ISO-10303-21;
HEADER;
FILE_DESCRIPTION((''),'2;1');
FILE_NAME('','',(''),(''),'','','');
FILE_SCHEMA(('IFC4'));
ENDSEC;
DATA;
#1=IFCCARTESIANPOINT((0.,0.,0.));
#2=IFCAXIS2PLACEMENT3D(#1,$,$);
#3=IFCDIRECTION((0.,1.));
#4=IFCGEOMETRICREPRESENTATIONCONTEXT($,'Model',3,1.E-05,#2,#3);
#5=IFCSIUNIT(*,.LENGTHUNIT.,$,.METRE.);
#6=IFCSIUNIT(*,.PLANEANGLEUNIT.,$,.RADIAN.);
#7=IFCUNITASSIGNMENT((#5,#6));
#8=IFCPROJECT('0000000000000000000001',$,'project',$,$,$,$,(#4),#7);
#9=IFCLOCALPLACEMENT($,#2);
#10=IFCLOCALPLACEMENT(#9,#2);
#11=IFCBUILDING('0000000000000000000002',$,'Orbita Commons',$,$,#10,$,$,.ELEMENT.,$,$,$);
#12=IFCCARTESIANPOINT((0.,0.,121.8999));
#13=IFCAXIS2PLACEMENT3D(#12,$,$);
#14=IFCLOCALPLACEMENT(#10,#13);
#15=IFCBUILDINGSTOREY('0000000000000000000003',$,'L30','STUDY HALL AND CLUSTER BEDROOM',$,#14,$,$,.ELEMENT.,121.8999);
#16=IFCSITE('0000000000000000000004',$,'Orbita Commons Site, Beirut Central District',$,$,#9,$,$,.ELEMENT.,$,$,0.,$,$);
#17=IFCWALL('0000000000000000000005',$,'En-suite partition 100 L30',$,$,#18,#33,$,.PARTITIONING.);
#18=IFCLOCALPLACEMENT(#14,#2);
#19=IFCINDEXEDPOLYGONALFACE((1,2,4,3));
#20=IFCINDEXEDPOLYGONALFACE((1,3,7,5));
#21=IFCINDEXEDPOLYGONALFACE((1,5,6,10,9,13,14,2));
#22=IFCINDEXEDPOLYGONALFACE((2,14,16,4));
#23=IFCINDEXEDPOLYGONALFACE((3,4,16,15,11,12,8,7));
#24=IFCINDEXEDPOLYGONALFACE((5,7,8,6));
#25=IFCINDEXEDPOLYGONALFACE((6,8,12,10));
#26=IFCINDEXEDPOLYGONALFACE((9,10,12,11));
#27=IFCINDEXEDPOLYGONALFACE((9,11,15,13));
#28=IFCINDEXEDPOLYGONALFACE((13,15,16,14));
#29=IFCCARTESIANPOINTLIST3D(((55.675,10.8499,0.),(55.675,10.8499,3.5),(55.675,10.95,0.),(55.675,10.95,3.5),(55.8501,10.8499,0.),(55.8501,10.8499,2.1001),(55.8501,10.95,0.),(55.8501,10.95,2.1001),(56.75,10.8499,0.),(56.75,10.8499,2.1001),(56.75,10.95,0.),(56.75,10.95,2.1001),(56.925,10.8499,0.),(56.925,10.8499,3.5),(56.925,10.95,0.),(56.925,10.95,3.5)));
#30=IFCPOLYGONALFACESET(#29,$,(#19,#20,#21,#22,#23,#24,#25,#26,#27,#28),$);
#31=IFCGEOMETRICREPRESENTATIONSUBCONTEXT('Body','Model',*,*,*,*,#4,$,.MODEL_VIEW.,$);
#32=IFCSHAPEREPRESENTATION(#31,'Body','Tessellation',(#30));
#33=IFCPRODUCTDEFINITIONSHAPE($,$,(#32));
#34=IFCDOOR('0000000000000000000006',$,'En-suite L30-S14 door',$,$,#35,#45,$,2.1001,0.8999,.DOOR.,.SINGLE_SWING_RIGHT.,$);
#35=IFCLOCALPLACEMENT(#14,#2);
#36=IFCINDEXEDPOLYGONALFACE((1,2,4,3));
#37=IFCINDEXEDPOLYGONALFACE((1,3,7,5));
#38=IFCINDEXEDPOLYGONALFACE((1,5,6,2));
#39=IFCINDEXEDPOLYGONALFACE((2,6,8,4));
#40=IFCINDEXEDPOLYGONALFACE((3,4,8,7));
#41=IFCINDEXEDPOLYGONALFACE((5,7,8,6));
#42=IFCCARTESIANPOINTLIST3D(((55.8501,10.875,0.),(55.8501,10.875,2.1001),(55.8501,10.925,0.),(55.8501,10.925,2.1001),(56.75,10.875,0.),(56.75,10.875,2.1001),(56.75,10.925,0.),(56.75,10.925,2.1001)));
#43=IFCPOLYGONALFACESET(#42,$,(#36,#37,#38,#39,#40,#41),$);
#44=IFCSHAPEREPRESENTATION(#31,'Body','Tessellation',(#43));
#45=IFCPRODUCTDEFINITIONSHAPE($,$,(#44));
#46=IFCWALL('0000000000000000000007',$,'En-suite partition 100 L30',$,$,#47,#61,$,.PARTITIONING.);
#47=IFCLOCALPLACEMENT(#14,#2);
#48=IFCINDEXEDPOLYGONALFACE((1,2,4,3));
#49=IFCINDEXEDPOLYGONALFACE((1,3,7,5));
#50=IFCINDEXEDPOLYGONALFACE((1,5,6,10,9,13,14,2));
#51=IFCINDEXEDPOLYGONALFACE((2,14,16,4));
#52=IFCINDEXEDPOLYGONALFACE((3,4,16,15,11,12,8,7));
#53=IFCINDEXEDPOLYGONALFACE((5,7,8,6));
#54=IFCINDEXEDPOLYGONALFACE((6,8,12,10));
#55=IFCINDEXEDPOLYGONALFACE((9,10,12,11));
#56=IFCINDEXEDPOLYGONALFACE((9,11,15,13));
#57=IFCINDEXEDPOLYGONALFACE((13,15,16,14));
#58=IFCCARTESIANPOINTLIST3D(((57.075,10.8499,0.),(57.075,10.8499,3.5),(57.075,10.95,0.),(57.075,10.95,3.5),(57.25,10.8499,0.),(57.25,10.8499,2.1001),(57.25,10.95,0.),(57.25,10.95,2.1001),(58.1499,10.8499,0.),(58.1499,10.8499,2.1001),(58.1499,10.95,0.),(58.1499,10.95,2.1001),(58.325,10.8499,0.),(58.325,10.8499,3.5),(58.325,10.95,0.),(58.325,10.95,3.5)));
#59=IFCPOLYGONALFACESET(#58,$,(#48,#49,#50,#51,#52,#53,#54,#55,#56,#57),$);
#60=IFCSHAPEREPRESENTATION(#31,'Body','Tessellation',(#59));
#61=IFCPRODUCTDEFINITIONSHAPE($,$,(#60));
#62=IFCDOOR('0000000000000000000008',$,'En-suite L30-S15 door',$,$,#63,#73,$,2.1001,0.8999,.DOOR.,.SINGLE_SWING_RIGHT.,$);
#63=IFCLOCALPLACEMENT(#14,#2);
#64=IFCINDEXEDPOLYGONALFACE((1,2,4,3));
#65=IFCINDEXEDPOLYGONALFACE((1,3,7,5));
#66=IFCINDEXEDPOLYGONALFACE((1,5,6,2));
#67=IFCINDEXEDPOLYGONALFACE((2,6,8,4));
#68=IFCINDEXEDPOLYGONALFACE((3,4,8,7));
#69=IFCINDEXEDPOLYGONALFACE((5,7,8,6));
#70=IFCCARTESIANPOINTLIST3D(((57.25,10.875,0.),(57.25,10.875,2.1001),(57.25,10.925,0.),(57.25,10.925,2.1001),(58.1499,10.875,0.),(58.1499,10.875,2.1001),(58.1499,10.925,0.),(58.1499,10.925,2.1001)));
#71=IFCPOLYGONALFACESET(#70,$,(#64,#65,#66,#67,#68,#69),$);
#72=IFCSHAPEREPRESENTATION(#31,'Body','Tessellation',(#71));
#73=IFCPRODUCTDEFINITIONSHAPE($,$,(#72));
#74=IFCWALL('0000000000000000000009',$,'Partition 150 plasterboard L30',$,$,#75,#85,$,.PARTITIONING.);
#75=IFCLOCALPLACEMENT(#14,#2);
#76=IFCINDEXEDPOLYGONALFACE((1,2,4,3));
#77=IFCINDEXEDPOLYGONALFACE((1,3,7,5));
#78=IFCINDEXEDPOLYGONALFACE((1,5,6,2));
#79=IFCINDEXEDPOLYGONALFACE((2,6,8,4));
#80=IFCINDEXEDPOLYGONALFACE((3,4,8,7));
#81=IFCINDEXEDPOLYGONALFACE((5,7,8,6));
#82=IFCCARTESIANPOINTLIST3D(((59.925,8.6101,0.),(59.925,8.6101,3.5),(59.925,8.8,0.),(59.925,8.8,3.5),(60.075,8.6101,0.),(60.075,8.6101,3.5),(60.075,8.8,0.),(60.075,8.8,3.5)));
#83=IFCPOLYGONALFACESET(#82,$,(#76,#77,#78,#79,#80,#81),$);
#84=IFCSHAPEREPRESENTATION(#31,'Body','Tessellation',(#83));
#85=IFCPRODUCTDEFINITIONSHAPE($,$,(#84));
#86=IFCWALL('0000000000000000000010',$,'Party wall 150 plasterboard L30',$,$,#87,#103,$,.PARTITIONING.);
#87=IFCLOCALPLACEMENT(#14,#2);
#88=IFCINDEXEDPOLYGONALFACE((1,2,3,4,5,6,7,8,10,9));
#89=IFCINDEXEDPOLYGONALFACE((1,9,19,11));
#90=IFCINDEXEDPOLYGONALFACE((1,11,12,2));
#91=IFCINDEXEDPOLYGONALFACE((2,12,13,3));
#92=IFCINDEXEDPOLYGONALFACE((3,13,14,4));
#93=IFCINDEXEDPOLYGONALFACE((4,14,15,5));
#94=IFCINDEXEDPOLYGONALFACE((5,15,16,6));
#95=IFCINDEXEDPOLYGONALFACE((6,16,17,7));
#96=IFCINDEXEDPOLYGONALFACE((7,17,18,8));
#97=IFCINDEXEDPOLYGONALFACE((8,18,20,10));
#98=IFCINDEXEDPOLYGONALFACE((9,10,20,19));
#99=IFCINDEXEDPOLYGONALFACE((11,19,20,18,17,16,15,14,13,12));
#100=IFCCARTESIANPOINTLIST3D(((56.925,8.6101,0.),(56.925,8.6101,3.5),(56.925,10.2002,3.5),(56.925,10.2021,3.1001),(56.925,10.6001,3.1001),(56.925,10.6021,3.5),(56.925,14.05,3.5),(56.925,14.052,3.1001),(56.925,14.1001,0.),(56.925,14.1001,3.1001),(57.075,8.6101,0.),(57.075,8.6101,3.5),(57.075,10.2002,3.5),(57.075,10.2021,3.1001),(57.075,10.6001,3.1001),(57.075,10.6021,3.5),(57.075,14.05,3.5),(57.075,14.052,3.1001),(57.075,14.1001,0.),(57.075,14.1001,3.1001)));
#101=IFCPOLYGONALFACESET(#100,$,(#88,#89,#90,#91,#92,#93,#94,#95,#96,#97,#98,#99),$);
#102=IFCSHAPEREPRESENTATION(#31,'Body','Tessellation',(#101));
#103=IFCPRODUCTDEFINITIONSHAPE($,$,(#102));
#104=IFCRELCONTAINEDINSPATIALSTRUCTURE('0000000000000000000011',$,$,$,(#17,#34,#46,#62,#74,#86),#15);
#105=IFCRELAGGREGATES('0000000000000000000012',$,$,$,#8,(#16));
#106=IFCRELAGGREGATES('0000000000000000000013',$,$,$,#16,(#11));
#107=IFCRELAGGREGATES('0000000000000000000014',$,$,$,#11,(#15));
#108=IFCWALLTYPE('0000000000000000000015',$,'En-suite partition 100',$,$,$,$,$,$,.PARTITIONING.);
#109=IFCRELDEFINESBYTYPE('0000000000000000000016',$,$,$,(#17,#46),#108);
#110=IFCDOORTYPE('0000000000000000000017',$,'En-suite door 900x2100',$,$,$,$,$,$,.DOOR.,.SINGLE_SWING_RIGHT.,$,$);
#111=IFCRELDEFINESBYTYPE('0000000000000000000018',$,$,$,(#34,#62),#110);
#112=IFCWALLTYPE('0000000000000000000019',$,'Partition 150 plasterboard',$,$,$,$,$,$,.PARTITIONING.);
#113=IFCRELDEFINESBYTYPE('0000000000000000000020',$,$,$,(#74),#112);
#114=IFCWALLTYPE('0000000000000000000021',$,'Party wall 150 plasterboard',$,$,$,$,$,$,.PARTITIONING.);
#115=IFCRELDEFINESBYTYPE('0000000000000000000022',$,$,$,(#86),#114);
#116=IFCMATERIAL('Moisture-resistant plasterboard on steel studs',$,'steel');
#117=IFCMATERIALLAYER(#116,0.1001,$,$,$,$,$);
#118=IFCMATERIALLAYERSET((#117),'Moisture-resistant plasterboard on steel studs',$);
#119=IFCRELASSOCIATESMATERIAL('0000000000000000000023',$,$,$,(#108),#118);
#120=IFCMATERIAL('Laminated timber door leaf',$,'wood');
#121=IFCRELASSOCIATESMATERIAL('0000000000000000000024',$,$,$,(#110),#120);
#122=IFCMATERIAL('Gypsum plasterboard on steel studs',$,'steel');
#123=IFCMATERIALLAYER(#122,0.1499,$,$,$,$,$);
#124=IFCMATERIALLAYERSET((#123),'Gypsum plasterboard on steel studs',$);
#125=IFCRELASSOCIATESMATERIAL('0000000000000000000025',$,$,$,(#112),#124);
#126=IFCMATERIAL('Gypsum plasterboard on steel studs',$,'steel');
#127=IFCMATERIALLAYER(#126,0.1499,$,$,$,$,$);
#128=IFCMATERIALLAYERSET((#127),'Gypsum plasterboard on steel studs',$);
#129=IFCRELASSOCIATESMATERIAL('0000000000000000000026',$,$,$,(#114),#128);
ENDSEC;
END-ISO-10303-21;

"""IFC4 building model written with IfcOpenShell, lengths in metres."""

from ifc_helpers import new_model, si_unit, direction, frame, frame_2d, origin, place, context, subcontext, project, spatial, polyline, rectangle, outline, extrude, material, layer, layer_set, type_object, element, fill, save


model = new_model("IFC4")

# Units and contexts
model_context = context("Model", 3, precision=1e-05, world=origin(), true_north=direction((0.0, 1.0)))
body_context = subcontext(model_context, "Body", "Model", "MODEL_VIEW")
ifc_project = project(units=[si_unit("LENGTHUNIT", "METRE"), si_unit("PLANEANGLEUNIT", "RADIAN")], contexts=[model_context])

# Site, building, storey
site_placement = place(None, origin())
site = spatial("IfcSite", under=ifc_project, at=site_placement, Name="Orbita Commons Site, Beirut Central District", CompositionType="ELEMENT", RefElevation=0.0)
building_placement = place(site_placement, origin())
building = spatial("IfcBuilding", under=site, at=building_placement, Name="Orbita Commons", CompositionType="ELEMENT")
storey_placement = place(building_placement, frame((0.0, 0.0, 121.8999)))
storey = spatial("IfcBuildingStorey", under=building, at=storey_placement, Name="L30", Description="STUDY HALL AND CLUSTER BEDROOM", CompositionType="ELEMENT", Elevation=121.8999)

# Walls, openings, doors
ifc_material_1 = material(Name="Moisture-resistant plasterboard on steel studs", Category="steel")
ifc_layer_1 = layer(ifc_material_1, 0.1001)
ifc_layer_set_1 = layer_set([ifc_layer_1], Name="Moisture-resistant plasterboard on steel studs")
wall_type_1 = type_object("IfcWallType", Name="En-suite partition 100", PredefinedType="PARTITIONING", material=ifc_layer_set_1)
wall_1_placement = place(storey_placement, frame((56.925, 10.8999, 0.0), z_axis=(0.0, 0.0, 1.0), x_axis=(-1.0, 0.0, 0.0)))
wall_1 = element("IfcWall", 1, at=wall_1_placement, inside=storey, type_object=wall_type_1, Name="En-suite partition 100 L30", PredefinedType="PARTITIONING", context=body_context, shape_type="SweptSolid", body=[
    extrude(rectangle(XDim=1.25, YDim=0.1001, at=frame_2d((0.625, 0.0))), origin(), (0.0, 0.0, 1.0), 3.5),
])
opening_1_placement = place(wall_1_placement, frame((0.175, 0.0, 0.0)))
opening_1 = element("IfcOpeningElement", 2, at=opening_1_placement, cuts=wall_1, PredefinedType="OPENING", context=body_context, shape_type="SweptSolid", body=[
    extrude(rectangle(XDim=0.8999, YDim=2.1001, at=frame_2d((0.45, 1.05))), frame((0.0, 0.0601, 0.0), z_axis=(0.0, -1.0, 0.0), x_axis=(1.0, 0.0, 0.0)), (0.0, 0.0, 1.0), 0.1201),
])
ifc_material_2 = material(Name="Laminated timber door leaf", Category="wood")
door_type = type_object("IfcDoorType", Name="En-suite door 900x2100", OperationType="SINGLE_SWING_RIGHT", PredefinedType="DOOR", material=ifc_material_2)
door_1_placement = place(opening_1_placement, origin())
door_1 = element("IfcDoor", 3, at=door_1_placement, inside=storey, type_object=door_type, Name="En-suite L30-S14 door", OperationType="SINGLE_SWING_RIGHT", OverallHeight=2.1001, OverallWidth=0.8999, PredefinedType="DOOR", context=body_context, shape_type="SweptSolid", body=[
    extrude(rectangle(XDim=0.8999, YDim=2.1001, at=frame_2d((0.45, 1.05))), frame((0.0, 0.0249, 0.0), z_axis=(0.0, -1.0, 0.0), x_axis=(1.0, 0.0, 0.0)), (0.0, 0.0, 1.0), 0.05),
])
fill(opening_1, door_1)
wall_2_placement = place(storey_placement, frame((58.325, 10.8999, 0.0), z_axis=(0.0, 0.0, 1.0), x_axis=(-1.0, 0.0, 0.0)))
wall_2 = element("IfcWall", 4, at=wall_2_placement, inside=storey, type_object=wall_type_1, Name="En-suite partition 100 L30", PredefinedType="PARTITIONING", context=body_context, shape_type="SweptSolid", body=[
    extrude(rectangle(XDim=1.25, YDim=0.1001, at=frame_2d((0.625, 0.0))), origin(), (0.0, 0.0, 1.0), 3.5),
])
opening_2_placement = place(wall_2_placement, frame((0.175, 0.0, 0.0)))
opening_2 = element("IfcOpeningElement", 5, at=opening_2_placement, cuts=wall_2, PredefinedType="OPENING", context=body_context, shape_type="SweptSolid", body=[
    extrude(rectangle(XDim=0.8999, YDim=2.1001, at=frame_2d((0.45, 1.05))), frame((0.0, 0.0601, 0.0), z_axis=(0.0, -1.0, 0.0), x_axis=(1.0, 0.0, 0.0)), (0.0, 0.0, 1.0), 0.1201),
])
door_2_placement = place(opening_2_placement, origin())
door_2 = element("IfcDoor", 6, at=door_2_placement, inside=storey, type_object=door_type, Name="En-suite L30-S15 door", OperationType="SINGLE_SWING_RIGHT", OverallHeight=2.1001, OverallWidth=0.8999, PredefinedType="DOOR", context=body_context, shape_type="SweptSolid", body=[
    extrude(rectangle(XDim=0.8999, YDim=2.1001, at=frame_2d((0.45, 1.05))), frame((0.0, 0.0249, 0.0), z_axis=(0.0, -1.0, 0.0), x_axis=(1.0, 0.0, 0.0)), (0.0, 0.0, 1.0), 0.05),
])
fill(opening_2, door_2)

# Walls
ifc_material_3 = material(Name="Gypsum plasterboard on steel studs", Category="steel")
ifc_layer_2 = layer(ifc_material_3, 0.1499)
ifc_layer_set_2 = layer_set([ifc_layer_2], Name="Gypsum plasterboard on steel studs")
wall_type_2 = type_object("IfcWallType", Name="Partition 150 plasterboard", PredefinedType="PARTITIONING", material=ifc_layer_set_2)
wall_3_placement = place(storey_placement, frame((60.0, 8.8, 0.0), z_axis=(0.0, 0.0, 1.0), x_axis=(0.0, -1.0, 0.0)))
element("IfcWall", 7, at=wall_3_placement, inside=storey, type_object=wall_type_2, Name="Partition 150 plasterboard L30", PredefinedType="PARTITIONING", context=body_context, shape_type="SweptSolid", body=[
    extrude(rectangle(XDim=0.1899, YDim=0.1499, at=frame_2d((0.095, 0.0))), origin(), (0.0, 0.0, 1.0), 3.5),
])
ifc_material_4 = material(Name="Gypsum plasterboard on steel studs", Category="steel")
ifc_layer_3 = layer(ifc_material_4, 0.1499)
ifc_layer_set_3 = layer_set([ifc_layer_3], Name="Gypsum plasterboard on steel studs")
wall_type_3 = type_object("IfcWallType", Name="Party wall 150 plasterboard", PredefinedType="PARTITIONING", material=ifc_layer_set_3)
wall_4_placement = place(storey_placement, frame((57.0, 8.6101, 0.0), z_axis=(0.0, 0.0, 1.0), x_axis=(0.0, 1.0, 0.0)))
element("IfcWall", 8, at=wall_4_placement, inside=storey, type_object=wall_type_3, Name="Party wall 150 plasterboard L30", PredefinedType="PARTITIONING", context=body_context, shape_type="SweptSolid", body=[
    extrude(outline(polyline([(0.0, 0.0), (5.49, 0.0), (5.49, 3.1001), (5.4419, 3.1001), (5.4399, 3.5), (1.9919, 3.5), (1.99, 3.1001), (1.592, 3.1001), (1.5901, 3.5), (0.0, 3.5), (0.0, 0.0)])), frame((0.0, 0.075, 0.0), z_axis=(0.0, -1.0, 0.0), x_axis=(1.0, 0.0, 0.0)), (0.0, 0.0, 1.0), 0.1499),
])

save(model, "model.ifc")
